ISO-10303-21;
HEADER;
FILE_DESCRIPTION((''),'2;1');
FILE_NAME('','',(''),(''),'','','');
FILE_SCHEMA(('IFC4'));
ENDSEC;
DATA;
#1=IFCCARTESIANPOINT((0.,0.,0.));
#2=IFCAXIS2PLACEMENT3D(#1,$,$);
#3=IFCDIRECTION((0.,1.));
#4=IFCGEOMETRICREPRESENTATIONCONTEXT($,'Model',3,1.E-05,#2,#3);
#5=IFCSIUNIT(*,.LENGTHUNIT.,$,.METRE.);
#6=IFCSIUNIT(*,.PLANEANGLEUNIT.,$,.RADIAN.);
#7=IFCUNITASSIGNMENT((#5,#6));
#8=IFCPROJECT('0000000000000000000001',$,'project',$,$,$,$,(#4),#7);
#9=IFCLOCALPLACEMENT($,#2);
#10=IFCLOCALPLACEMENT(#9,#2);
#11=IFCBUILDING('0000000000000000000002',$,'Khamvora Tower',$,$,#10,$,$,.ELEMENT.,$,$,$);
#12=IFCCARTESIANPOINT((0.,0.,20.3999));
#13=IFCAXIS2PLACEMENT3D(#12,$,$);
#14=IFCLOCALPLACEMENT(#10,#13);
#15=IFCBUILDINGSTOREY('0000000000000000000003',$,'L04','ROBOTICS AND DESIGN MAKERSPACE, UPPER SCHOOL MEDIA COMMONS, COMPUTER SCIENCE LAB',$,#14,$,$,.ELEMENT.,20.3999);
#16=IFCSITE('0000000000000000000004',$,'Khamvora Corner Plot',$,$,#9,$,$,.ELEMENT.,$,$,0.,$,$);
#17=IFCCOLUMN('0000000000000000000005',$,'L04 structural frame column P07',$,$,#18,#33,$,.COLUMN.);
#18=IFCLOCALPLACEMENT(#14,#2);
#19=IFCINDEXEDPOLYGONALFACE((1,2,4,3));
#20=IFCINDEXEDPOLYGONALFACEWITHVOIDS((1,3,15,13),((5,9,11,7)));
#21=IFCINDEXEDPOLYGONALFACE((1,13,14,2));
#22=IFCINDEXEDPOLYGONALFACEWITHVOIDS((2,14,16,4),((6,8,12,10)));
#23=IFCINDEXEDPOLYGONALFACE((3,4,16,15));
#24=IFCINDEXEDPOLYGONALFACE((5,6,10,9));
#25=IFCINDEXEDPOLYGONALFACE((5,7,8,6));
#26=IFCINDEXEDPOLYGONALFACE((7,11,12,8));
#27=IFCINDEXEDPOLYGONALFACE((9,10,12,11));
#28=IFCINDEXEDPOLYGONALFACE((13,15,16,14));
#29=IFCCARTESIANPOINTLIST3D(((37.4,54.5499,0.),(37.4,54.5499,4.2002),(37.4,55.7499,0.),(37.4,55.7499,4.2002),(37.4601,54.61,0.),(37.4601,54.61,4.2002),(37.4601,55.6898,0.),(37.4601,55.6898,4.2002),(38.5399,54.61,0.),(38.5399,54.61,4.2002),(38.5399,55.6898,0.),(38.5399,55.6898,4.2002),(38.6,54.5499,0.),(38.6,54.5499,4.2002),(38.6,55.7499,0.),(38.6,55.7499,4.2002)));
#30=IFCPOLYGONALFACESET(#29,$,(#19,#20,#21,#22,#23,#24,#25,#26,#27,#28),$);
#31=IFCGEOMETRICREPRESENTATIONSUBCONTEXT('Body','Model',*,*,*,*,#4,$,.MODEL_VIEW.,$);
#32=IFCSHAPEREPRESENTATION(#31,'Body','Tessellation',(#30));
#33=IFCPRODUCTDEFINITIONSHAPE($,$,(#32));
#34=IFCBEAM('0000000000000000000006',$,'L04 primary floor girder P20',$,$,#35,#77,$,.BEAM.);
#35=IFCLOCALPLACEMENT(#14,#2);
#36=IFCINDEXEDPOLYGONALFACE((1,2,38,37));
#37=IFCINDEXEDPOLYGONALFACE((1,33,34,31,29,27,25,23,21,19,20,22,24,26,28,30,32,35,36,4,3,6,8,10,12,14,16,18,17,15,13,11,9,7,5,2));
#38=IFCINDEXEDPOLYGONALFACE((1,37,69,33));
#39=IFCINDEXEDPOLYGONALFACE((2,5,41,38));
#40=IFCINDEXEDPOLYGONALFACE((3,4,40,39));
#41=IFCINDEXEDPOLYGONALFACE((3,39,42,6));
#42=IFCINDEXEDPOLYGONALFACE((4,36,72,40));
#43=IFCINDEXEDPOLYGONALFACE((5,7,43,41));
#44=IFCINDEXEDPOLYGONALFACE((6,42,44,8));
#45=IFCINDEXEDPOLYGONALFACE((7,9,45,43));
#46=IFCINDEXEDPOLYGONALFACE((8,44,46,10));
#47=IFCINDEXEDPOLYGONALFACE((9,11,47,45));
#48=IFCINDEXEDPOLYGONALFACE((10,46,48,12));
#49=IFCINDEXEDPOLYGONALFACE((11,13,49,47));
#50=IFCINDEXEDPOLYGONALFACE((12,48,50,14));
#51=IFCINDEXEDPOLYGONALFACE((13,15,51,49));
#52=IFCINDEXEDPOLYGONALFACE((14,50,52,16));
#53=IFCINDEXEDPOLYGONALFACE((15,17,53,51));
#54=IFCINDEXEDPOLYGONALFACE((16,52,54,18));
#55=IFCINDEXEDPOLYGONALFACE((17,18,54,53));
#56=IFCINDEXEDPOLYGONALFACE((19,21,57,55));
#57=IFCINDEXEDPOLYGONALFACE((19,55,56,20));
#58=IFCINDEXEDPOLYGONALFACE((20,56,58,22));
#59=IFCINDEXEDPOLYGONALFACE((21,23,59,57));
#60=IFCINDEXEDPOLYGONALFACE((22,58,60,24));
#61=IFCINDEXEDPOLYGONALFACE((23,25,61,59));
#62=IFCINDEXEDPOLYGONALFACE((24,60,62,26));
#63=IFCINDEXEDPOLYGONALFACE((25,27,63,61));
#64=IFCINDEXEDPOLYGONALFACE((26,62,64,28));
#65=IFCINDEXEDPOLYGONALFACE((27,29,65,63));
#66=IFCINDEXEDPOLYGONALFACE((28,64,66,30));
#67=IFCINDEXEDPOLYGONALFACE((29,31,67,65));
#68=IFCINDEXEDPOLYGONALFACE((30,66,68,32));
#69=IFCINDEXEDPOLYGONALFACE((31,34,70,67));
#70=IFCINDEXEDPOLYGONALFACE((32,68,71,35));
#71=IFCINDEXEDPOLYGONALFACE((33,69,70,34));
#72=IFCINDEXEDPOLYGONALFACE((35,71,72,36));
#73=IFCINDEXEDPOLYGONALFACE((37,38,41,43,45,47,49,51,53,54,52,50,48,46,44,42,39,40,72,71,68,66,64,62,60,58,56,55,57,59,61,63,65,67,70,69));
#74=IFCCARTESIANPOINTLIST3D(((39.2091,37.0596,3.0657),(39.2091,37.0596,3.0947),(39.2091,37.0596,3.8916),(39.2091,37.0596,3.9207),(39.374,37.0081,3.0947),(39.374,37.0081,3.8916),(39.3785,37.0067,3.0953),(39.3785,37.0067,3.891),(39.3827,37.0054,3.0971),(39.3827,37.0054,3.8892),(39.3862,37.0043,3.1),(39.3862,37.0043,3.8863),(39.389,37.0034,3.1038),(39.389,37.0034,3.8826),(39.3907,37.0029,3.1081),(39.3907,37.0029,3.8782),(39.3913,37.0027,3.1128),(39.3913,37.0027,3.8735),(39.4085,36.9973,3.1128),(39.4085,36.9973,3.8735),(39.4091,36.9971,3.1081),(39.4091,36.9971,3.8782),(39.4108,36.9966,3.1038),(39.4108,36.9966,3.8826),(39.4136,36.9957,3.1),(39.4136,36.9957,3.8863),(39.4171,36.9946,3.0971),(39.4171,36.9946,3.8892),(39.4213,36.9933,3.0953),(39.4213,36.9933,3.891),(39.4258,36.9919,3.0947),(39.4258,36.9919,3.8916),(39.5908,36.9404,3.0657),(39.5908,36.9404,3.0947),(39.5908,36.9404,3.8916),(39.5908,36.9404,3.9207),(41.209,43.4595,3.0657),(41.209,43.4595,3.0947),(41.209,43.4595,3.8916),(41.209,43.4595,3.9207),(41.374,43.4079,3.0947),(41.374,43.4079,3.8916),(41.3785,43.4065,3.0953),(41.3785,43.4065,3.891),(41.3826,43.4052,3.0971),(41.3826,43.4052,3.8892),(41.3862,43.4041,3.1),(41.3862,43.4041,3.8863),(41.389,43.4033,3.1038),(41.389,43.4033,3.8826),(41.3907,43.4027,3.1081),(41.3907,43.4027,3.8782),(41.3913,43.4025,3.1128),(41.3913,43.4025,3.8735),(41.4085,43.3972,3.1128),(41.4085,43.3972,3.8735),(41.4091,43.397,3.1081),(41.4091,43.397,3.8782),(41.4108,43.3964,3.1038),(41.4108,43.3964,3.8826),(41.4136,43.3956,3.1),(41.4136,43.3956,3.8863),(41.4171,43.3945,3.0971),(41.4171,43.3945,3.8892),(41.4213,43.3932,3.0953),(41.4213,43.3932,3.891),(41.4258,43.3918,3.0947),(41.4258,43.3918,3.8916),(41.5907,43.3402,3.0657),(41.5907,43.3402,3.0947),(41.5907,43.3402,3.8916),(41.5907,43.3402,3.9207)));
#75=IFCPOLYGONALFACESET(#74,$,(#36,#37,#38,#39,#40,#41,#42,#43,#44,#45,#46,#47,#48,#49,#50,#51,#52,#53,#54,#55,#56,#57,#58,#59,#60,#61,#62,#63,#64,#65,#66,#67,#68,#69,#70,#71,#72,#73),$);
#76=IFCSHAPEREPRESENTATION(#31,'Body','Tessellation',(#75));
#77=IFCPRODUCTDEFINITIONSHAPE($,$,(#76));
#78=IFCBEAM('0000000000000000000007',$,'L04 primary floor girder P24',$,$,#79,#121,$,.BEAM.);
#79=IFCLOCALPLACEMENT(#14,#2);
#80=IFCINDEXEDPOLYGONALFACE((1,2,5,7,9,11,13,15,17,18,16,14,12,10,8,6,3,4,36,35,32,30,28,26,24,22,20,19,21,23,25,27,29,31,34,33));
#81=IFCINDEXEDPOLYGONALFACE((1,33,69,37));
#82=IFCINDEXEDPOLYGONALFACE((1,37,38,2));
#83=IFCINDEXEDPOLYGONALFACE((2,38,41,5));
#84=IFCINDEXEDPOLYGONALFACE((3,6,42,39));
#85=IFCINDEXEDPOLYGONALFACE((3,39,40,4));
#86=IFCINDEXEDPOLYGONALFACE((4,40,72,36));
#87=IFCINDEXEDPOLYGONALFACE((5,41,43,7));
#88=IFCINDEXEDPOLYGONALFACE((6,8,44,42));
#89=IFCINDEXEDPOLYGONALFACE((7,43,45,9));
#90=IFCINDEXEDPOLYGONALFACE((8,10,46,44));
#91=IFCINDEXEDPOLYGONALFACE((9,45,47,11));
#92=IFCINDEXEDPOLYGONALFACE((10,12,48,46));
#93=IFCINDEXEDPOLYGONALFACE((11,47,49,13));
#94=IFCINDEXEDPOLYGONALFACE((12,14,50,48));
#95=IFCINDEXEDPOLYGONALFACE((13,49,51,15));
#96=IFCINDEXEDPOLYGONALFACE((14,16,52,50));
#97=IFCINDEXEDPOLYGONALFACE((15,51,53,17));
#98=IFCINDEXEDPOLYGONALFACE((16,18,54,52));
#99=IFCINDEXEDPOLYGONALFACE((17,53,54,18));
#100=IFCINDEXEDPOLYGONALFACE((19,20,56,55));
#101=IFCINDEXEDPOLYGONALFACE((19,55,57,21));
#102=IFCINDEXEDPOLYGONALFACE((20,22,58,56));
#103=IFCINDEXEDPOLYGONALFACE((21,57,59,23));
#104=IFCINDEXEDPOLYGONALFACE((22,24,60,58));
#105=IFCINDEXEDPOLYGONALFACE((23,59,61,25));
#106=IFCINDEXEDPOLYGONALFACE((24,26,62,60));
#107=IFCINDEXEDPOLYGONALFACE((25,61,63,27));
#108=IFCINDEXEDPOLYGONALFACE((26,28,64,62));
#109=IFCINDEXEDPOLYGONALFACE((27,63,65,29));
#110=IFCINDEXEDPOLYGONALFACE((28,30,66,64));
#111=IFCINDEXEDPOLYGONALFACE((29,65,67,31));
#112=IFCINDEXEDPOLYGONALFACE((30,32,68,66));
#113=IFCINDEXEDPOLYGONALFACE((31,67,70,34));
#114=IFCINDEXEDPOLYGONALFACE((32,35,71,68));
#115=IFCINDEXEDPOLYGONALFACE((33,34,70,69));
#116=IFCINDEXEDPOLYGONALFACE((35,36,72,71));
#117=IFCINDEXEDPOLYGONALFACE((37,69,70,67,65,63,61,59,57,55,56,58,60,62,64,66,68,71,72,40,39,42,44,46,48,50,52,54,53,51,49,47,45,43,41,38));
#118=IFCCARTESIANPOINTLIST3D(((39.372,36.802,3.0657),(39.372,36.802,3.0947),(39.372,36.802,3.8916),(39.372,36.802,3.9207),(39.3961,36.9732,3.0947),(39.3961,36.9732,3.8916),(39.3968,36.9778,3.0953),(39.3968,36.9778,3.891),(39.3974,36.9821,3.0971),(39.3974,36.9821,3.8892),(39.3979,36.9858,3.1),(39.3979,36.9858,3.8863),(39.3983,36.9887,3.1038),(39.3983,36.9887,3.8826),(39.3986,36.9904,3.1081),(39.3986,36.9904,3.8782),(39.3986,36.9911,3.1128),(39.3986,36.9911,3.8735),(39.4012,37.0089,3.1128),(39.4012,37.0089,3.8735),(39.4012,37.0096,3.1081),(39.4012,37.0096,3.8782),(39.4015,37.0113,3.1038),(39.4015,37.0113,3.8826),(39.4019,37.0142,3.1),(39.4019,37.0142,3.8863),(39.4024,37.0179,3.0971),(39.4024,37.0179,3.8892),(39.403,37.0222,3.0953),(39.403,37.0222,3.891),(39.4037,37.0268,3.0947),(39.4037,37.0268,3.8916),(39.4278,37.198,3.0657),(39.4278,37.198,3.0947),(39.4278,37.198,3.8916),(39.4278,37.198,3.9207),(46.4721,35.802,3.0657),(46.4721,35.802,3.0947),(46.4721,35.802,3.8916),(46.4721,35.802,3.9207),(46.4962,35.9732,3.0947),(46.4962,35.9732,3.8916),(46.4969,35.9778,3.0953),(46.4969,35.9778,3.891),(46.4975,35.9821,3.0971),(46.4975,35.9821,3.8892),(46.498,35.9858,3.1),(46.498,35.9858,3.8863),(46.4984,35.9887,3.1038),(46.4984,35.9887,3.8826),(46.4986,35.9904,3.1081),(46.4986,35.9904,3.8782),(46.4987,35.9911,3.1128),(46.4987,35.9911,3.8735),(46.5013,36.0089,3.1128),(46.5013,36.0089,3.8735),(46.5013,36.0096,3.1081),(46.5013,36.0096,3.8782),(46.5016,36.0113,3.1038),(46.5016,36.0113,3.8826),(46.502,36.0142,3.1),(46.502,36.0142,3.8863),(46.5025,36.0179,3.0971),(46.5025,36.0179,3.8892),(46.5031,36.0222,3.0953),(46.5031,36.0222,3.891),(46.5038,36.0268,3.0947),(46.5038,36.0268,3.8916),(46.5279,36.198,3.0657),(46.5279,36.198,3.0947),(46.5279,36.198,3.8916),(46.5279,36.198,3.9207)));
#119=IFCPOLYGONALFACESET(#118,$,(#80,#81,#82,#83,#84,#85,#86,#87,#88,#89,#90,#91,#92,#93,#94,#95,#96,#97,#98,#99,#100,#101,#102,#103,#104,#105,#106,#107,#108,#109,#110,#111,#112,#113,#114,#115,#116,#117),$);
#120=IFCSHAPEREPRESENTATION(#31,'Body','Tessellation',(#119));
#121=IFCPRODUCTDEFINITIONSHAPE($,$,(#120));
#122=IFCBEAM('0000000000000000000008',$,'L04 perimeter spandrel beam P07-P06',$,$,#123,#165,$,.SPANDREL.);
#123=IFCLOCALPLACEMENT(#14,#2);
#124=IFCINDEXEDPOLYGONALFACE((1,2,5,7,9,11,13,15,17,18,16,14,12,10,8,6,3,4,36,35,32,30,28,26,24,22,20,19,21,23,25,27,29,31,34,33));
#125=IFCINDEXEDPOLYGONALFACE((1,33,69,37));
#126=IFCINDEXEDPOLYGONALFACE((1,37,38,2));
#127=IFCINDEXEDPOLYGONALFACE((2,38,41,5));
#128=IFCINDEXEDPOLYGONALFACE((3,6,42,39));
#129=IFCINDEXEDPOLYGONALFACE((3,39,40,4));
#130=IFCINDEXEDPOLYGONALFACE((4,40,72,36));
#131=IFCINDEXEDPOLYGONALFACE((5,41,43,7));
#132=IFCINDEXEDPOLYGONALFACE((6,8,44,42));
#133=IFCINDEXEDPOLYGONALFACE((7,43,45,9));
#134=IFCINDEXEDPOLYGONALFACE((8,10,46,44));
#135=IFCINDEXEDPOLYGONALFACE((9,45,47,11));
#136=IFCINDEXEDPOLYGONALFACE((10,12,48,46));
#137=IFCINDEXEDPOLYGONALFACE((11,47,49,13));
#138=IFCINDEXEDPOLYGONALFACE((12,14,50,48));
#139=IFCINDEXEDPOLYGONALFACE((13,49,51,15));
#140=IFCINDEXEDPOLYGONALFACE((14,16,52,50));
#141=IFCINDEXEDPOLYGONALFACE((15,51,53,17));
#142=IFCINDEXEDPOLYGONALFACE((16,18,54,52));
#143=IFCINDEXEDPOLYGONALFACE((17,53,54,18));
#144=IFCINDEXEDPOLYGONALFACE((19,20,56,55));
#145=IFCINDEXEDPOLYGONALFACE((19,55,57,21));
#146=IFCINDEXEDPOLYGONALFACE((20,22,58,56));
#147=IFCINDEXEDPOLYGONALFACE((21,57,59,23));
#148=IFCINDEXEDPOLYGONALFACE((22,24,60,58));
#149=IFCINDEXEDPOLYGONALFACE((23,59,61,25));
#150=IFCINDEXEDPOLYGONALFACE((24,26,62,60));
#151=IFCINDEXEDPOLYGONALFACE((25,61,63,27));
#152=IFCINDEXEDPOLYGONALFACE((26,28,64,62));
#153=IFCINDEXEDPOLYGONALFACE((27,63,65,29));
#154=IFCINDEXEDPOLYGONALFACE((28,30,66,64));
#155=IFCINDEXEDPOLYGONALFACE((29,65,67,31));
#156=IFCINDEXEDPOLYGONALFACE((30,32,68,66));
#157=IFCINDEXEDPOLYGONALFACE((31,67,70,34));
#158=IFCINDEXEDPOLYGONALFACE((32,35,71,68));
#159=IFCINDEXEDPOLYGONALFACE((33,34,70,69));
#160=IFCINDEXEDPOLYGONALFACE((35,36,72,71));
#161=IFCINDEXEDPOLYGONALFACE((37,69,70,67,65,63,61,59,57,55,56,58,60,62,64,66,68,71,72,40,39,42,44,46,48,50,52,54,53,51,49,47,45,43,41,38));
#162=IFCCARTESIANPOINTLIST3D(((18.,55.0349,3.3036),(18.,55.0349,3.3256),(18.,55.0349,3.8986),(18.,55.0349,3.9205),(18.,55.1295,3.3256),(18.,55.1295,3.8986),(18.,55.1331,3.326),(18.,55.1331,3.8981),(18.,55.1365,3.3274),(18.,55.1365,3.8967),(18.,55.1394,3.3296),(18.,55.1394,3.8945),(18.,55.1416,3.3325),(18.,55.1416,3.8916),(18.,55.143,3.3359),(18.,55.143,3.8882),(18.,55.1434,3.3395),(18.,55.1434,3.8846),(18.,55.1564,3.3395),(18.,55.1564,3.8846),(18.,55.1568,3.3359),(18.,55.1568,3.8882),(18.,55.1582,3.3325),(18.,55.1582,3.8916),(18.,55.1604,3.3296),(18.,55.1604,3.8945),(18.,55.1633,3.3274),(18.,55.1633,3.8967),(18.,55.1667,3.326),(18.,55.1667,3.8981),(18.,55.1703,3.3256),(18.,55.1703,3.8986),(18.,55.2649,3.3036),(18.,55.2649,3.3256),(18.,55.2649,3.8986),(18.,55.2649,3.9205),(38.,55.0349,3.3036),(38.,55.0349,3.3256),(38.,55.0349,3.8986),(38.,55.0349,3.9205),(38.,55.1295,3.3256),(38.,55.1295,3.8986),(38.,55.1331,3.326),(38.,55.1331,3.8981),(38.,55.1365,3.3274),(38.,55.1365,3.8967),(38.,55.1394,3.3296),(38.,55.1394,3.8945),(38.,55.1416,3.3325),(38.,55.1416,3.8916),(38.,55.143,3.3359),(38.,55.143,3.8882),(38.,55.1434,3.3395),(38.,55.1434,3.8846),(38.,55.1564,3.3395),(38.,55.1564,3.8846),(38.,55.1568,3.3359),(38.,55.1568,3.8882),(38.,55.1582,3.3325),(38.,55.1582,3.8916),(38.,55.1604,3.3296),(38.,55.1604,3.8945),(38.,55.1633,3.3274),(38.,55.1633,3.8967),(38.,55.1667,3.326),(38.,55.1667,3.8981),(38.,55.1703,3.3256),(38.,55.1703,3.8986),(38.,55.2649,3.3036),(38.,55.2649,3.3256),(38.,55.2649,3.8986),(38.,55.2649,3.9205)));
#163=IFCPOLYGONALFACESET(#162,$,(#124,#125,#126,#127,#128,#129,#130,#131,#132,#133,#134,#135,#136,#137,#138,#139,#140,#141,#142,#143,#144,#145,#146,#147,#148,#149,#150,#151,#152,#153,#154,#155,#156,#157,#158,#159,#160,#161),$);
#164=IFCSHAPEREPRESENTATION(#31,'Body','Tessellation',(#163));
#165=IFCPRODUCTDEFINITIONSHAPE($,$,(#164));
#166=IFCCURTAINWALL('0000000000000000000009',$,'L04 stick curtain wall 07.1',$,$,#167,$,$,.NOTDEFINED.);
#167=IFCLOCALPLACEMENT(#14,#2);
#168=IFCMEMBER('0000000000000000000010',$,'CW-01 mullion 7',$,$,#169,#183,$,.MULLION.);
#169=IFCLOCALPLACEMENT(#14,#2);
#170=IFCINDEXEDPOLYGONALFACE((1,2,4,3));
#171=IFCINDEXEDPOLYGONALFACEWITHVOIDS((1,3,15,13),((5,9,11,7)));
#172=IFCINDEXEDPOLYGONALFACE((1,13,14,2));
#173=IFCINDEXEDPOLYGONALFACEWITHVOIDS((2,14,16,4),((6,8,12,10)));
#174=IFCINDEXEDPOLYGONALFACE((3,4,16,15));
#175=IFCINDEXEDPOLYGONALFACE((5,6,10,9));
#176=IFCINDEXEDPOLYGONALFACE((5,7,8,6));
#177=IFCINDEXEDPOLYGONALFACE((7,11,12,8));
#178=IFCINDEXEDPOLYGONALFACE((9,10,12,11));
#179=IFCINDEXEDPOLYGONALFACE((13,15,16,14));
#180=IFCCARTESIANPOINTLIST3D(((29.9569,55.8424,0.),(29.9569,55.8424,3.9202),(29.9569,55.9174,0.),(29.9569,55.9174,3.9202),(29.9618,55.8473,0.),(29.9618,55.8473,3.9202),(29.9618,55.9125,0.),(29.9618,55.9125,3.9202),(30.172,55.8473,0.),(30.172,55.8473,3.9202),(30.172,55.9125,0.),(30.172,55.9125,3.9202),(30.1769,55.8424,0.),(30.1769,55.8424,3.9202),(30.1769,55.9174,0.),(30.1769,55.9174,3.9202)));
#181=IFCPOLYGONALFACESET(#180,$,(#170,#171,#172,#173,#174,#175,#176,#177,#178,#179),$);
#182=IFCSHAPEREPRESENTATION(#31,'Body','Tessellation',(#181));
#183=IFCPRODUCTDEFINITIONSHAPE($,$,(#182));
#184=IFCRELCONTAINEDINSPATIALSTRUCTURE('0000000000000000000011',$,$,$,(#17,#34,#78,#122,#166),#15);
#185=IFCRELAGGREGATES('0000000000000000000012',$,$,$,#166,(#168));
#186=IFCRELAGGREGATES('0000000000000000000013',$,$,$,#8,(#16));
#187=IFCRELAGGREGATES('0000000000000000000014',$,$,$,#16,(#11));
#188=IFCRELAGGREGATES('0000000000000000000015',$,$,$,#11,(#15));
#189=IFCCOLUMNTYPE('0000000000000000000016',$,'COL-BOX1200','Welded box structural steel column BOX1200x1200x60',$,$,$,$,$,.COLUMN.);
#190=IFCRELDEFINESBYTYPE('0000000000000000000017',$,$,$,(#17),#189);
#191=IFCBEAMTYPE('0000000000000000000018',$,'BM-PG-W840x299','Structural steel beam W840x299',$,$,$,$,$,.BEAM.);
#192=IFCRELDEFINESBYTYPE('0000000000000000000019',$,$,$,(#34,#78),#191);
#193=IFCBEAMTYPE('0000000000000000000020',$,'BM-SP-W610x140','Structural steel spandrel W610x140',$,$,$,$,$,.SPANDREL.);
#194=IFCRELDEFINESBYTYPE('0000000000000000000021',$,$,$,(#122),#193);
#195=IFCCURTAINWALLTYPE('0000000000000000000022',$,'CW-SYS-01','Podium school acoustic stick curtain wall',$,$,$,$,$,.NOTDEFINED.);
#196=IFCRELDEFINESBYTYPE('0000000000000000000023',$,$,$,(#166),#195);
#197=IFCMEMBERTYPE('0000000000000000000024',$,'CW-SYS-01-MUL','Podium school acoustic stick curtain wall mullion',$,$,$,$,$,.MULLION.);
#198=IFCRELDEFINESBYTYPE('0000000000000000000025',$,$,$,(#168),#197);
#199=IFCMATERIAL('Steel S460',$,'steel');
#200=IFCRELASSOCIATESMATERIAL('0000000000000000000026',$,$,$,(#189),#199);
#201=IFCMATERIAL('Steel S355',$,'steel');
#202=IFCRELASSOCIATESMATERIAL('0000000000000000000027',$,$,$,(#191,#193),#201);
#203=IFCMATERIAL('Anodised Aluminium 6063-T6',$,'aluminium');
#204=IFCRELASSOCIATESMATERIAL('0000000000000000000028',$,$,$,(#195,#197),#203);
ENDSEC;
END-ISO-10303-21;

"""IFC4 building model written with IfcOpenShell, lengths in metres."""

from ifc_helpers import new_model, si_unit, direction, frame, origin, origin_2d, place, context, subcontext, project, spatial, hollow_rectangle, i_section, extrude, material, material_profile, profile_set, type_object, element, aggregate, save


model = new_model("IFC4")

# Units and contexts
model_context = context("Model", 3, precision=1e-05, world=origin(), true_north=direction((0.0, 1.0)))
body_context = subcontext(model_context, "Body", "Model", "MODEL_VIEW")
ifc_project = project(units=[si_unit("LENGTHUNIT", "METRE"), si_unit("PLANEANGLEUNIT", "RADIAN")], contexts=[model_context])

# Site, building, storey
site_placement = place(None, origin())
site = spatial("IfcSite", under=ifc_project, at=site_placement, Name="Khamvora Corner Plot", CompositionType="ELEMENT", RefElevation=0.0)
building_placement = place(site_placement, origin())
building = spatial("IfcBuilding", under=site, at=building_placement, Name="Khamvora Tower", CompositionType="ELEMENT")
storey_placement = place(building_placement, frame((0.0, 0.0, 20.3999)))
storey = spatial("IfcBuildingStorey", under=building, at=storey_placement, Name="L04", Description="ROBOTICS AND DESIGN MAKERSPACE, UPPER SCHOOL MEDIA COMMONS, COMPUTER SCIENCE LAB", CompositionType="ELEMENT", Elevation=20.3999)

# Column
ifc_material_1 = material(Name="Steel S460", Category="steel")
ifc_material_profile_1 = material_profile(ifc_material_1, hollow_rectangle(XDim=1.2, YDim=1.2, WallThickness=0.0601, at=origin_2d()), Name="BOX1200x1200x60")
ifc_profile_set_1 = profile_set([ifc_material_profile_1], Name="Steel S460")
column_type = type_object("IfcColumnType", Name="COL-BOX1200", Description="Welded box structural steel column BOX1200x1200x60", PredefinedType="COLUMN", material=ifc_profile_set_1)
column_placement = place(storey_placement, frame((38.0, 55.1499, 0.0), z_axis=(0.0, 0.0, 1.0), x_axis=(1.0, 0.0, 0.0)))
element("IfcColumn", 1, at=column_placement, inside=storey, type_object=column_type, Name="L04 structural frame column P07", PredefinedType="COLUMN", context=body_context, shape_type="SweptSolid", body=[
    extrude(hollow_rectangle(XDim=1.2, YDim=1.2, WallThickness=0.0601, at=origin_2d()), origin(), (0.0, 0.0, 1.0), 4.2002),
])

# Beams
ifc_material_2 = material(Name="Steel S355", Category="steel")
ifc_material_profile_2 = material_profile(ifc_material_2, i_section(OverallWidth=0.3999, OverallDepth=0.855, WebThickness=0.0181, FlangeThickness=0.0291, FilletRadius=0.0181, at=origin_2d()), Name="W840x299")
ifc_profile_set_2 = profile_set([ifc_material_profile_2], Name="Steel S355")
beam_type_1 = type_object("IfcBeamType", Name="BM-PG-W840x299", Description="Structural steel beam W840x299", PredefinedType="BEAM", material=ifc_profile_set_2)
beam_1_placement = place(storey_placement, frame((39.3999, 37.0, 3.4932), z_axis=(0.298279, 0.954479, 0.0), x_axis=(-0.954479, 0.298279, 0.0)))
element("IfcBeam", 2, at=beam_1_placement, inside=storey, type_object=beam_type_1, Name="L04 primary floor girder P20", PredefinedType="BEAM", context=body_context, shape_type="SweptSolid", body=[
    extrude(i_section(OverallWidth=0.3999, OverallDepth=0.855, WebThickness=0.0181, FlangeThickness=0.0291, FilletRadius=0.0181, at=origin_2d()), origin(), (0.0, 0.0, 1.0), 6.7051),
])
beam_2_placement = place(storey_placement, frame((39.3999, 37.0, 3.4932), z_axis=(0.990227, -0.139467, 0.0), x_axis=(0.139467, 0.990227, 0.0)))
element("IfcBeam", 3, at=beam_2_placement, inside=storey, type_object=beam_type_1, Name="L04 primary floor girder P24", PredefinedType="BEAM", context=body_context, shape_type="SweptSolid", body=[
    extrude(i_section(OverallWidth=0.3999, OverallDepth=0.855, WebThickness=0.0181, FlangeThickness=0.0291, FilletRadius=0.0181, at=origin_2d()), origin(), (0.0, 0.0, 1.0), 7.1702),
])
ifc_material_profile_3 = material_profile(ifc_material_2, i_section(OverallWidth=0.23, OverallDepth=0.6169, WebThickness=0.0129, FlangeThickness=0.022, FilletRadius=0.0139, at=origin_2d()), Name="W610x140")
ifc_profile_set_3 = profile_set([ifc_material_profile_3], Name="Steel S355")
beam_type_2 = type_object("IfcBeamType", Name="BM-SP-W610x140", Description="Structural steel spandrel W610x140", PredefinedType="SPANDREL", material=ifc_profile_set_3)
beam_3_placement = place(storey_placement, frame((38.0, 55.1499, 3.6121), z_axis=(-1.0, 0.0, 0.0), x_axis=(0.0, -1.0, 0.0)))
element("IfcBeam", 4, at=beam_3_placement, inside=storey, type_object=beam_type_2, Name="L04 perimeter spandrel beam P07-P06", PredefinedType="SPANDREL", context=body_context, shape_type="SweptSolid", body=[
    extrude(i_section(OverallWidth=0.23, OverallDepth=0.6169, WebThickness=0.0129, FlangeThickness=0.022, FilletRadius=0.0139, at=origin_2d()), origin(), (0.0, 0.0, 1.0), 20.0),
])

# Curtain wall, member
ifc_material_3 = material(Name="Anodised Aluminium 6063-T6", Category="aluminium")
curtain_wall_type = type_object("IfcCurtainWallType", Name="CW-SYS-01", Description="Podium school acoustic stick curtain wall", PredefinedType="NOTDEFINED", material=ifc_material_3)
curtain_wall_placement = place(storey_placement, origin())
curtain_wall = element("IfcCurtainWall", 5, at=curtain_wall_placement, inside=storey, type_object=curtain_wall_type, Name="L04 stick curtain wall 07.1", PredefinedType="NOTDEFINED")
ifc_material_profile_4 = material_profile(ifc_material_3, hollow_rectangle(XDim=0.075, YDim=0.22, WallThickness=0.0049, at=origin_2d()), Name="MUL75x220x5")
ifc_profile_set_4 = profile_set([ifc_material_profile_4], Name="Anodised Aluminium 6063-T6")
member_type_1 = type_object("IfcMemberType", Name="CW-SYS-01-MUL", Description="Podium school acoustic stick curtain wall mullion", PredefinedType="MULLION", material=ifc_profile_set_4)
member_1_placement = place(storey_placement, frame((30.0669, 55.8799, 0.0), z_axis=(0.0, 0.0, 1.0), x_axis=(0.0, 1.0, 0.0)))
member_1 = element("IfcMember", 6, at=member_1_placement, type_object=member_type_1, Name="CW-01 mullion 7", PredefinedType="MULLION", context=body_context, shape_type="SweptSolid", body=[
    extrude(hollow_rectangle(XDim=0.075, YDim=0.22, WallThickness=0.0049, at=origin_2d()), origin(), (0.0, 0.0, 1.0), 3.9202),
])

aggregate(curtain_wall, [member_1])

save(model, "model.ifc")
